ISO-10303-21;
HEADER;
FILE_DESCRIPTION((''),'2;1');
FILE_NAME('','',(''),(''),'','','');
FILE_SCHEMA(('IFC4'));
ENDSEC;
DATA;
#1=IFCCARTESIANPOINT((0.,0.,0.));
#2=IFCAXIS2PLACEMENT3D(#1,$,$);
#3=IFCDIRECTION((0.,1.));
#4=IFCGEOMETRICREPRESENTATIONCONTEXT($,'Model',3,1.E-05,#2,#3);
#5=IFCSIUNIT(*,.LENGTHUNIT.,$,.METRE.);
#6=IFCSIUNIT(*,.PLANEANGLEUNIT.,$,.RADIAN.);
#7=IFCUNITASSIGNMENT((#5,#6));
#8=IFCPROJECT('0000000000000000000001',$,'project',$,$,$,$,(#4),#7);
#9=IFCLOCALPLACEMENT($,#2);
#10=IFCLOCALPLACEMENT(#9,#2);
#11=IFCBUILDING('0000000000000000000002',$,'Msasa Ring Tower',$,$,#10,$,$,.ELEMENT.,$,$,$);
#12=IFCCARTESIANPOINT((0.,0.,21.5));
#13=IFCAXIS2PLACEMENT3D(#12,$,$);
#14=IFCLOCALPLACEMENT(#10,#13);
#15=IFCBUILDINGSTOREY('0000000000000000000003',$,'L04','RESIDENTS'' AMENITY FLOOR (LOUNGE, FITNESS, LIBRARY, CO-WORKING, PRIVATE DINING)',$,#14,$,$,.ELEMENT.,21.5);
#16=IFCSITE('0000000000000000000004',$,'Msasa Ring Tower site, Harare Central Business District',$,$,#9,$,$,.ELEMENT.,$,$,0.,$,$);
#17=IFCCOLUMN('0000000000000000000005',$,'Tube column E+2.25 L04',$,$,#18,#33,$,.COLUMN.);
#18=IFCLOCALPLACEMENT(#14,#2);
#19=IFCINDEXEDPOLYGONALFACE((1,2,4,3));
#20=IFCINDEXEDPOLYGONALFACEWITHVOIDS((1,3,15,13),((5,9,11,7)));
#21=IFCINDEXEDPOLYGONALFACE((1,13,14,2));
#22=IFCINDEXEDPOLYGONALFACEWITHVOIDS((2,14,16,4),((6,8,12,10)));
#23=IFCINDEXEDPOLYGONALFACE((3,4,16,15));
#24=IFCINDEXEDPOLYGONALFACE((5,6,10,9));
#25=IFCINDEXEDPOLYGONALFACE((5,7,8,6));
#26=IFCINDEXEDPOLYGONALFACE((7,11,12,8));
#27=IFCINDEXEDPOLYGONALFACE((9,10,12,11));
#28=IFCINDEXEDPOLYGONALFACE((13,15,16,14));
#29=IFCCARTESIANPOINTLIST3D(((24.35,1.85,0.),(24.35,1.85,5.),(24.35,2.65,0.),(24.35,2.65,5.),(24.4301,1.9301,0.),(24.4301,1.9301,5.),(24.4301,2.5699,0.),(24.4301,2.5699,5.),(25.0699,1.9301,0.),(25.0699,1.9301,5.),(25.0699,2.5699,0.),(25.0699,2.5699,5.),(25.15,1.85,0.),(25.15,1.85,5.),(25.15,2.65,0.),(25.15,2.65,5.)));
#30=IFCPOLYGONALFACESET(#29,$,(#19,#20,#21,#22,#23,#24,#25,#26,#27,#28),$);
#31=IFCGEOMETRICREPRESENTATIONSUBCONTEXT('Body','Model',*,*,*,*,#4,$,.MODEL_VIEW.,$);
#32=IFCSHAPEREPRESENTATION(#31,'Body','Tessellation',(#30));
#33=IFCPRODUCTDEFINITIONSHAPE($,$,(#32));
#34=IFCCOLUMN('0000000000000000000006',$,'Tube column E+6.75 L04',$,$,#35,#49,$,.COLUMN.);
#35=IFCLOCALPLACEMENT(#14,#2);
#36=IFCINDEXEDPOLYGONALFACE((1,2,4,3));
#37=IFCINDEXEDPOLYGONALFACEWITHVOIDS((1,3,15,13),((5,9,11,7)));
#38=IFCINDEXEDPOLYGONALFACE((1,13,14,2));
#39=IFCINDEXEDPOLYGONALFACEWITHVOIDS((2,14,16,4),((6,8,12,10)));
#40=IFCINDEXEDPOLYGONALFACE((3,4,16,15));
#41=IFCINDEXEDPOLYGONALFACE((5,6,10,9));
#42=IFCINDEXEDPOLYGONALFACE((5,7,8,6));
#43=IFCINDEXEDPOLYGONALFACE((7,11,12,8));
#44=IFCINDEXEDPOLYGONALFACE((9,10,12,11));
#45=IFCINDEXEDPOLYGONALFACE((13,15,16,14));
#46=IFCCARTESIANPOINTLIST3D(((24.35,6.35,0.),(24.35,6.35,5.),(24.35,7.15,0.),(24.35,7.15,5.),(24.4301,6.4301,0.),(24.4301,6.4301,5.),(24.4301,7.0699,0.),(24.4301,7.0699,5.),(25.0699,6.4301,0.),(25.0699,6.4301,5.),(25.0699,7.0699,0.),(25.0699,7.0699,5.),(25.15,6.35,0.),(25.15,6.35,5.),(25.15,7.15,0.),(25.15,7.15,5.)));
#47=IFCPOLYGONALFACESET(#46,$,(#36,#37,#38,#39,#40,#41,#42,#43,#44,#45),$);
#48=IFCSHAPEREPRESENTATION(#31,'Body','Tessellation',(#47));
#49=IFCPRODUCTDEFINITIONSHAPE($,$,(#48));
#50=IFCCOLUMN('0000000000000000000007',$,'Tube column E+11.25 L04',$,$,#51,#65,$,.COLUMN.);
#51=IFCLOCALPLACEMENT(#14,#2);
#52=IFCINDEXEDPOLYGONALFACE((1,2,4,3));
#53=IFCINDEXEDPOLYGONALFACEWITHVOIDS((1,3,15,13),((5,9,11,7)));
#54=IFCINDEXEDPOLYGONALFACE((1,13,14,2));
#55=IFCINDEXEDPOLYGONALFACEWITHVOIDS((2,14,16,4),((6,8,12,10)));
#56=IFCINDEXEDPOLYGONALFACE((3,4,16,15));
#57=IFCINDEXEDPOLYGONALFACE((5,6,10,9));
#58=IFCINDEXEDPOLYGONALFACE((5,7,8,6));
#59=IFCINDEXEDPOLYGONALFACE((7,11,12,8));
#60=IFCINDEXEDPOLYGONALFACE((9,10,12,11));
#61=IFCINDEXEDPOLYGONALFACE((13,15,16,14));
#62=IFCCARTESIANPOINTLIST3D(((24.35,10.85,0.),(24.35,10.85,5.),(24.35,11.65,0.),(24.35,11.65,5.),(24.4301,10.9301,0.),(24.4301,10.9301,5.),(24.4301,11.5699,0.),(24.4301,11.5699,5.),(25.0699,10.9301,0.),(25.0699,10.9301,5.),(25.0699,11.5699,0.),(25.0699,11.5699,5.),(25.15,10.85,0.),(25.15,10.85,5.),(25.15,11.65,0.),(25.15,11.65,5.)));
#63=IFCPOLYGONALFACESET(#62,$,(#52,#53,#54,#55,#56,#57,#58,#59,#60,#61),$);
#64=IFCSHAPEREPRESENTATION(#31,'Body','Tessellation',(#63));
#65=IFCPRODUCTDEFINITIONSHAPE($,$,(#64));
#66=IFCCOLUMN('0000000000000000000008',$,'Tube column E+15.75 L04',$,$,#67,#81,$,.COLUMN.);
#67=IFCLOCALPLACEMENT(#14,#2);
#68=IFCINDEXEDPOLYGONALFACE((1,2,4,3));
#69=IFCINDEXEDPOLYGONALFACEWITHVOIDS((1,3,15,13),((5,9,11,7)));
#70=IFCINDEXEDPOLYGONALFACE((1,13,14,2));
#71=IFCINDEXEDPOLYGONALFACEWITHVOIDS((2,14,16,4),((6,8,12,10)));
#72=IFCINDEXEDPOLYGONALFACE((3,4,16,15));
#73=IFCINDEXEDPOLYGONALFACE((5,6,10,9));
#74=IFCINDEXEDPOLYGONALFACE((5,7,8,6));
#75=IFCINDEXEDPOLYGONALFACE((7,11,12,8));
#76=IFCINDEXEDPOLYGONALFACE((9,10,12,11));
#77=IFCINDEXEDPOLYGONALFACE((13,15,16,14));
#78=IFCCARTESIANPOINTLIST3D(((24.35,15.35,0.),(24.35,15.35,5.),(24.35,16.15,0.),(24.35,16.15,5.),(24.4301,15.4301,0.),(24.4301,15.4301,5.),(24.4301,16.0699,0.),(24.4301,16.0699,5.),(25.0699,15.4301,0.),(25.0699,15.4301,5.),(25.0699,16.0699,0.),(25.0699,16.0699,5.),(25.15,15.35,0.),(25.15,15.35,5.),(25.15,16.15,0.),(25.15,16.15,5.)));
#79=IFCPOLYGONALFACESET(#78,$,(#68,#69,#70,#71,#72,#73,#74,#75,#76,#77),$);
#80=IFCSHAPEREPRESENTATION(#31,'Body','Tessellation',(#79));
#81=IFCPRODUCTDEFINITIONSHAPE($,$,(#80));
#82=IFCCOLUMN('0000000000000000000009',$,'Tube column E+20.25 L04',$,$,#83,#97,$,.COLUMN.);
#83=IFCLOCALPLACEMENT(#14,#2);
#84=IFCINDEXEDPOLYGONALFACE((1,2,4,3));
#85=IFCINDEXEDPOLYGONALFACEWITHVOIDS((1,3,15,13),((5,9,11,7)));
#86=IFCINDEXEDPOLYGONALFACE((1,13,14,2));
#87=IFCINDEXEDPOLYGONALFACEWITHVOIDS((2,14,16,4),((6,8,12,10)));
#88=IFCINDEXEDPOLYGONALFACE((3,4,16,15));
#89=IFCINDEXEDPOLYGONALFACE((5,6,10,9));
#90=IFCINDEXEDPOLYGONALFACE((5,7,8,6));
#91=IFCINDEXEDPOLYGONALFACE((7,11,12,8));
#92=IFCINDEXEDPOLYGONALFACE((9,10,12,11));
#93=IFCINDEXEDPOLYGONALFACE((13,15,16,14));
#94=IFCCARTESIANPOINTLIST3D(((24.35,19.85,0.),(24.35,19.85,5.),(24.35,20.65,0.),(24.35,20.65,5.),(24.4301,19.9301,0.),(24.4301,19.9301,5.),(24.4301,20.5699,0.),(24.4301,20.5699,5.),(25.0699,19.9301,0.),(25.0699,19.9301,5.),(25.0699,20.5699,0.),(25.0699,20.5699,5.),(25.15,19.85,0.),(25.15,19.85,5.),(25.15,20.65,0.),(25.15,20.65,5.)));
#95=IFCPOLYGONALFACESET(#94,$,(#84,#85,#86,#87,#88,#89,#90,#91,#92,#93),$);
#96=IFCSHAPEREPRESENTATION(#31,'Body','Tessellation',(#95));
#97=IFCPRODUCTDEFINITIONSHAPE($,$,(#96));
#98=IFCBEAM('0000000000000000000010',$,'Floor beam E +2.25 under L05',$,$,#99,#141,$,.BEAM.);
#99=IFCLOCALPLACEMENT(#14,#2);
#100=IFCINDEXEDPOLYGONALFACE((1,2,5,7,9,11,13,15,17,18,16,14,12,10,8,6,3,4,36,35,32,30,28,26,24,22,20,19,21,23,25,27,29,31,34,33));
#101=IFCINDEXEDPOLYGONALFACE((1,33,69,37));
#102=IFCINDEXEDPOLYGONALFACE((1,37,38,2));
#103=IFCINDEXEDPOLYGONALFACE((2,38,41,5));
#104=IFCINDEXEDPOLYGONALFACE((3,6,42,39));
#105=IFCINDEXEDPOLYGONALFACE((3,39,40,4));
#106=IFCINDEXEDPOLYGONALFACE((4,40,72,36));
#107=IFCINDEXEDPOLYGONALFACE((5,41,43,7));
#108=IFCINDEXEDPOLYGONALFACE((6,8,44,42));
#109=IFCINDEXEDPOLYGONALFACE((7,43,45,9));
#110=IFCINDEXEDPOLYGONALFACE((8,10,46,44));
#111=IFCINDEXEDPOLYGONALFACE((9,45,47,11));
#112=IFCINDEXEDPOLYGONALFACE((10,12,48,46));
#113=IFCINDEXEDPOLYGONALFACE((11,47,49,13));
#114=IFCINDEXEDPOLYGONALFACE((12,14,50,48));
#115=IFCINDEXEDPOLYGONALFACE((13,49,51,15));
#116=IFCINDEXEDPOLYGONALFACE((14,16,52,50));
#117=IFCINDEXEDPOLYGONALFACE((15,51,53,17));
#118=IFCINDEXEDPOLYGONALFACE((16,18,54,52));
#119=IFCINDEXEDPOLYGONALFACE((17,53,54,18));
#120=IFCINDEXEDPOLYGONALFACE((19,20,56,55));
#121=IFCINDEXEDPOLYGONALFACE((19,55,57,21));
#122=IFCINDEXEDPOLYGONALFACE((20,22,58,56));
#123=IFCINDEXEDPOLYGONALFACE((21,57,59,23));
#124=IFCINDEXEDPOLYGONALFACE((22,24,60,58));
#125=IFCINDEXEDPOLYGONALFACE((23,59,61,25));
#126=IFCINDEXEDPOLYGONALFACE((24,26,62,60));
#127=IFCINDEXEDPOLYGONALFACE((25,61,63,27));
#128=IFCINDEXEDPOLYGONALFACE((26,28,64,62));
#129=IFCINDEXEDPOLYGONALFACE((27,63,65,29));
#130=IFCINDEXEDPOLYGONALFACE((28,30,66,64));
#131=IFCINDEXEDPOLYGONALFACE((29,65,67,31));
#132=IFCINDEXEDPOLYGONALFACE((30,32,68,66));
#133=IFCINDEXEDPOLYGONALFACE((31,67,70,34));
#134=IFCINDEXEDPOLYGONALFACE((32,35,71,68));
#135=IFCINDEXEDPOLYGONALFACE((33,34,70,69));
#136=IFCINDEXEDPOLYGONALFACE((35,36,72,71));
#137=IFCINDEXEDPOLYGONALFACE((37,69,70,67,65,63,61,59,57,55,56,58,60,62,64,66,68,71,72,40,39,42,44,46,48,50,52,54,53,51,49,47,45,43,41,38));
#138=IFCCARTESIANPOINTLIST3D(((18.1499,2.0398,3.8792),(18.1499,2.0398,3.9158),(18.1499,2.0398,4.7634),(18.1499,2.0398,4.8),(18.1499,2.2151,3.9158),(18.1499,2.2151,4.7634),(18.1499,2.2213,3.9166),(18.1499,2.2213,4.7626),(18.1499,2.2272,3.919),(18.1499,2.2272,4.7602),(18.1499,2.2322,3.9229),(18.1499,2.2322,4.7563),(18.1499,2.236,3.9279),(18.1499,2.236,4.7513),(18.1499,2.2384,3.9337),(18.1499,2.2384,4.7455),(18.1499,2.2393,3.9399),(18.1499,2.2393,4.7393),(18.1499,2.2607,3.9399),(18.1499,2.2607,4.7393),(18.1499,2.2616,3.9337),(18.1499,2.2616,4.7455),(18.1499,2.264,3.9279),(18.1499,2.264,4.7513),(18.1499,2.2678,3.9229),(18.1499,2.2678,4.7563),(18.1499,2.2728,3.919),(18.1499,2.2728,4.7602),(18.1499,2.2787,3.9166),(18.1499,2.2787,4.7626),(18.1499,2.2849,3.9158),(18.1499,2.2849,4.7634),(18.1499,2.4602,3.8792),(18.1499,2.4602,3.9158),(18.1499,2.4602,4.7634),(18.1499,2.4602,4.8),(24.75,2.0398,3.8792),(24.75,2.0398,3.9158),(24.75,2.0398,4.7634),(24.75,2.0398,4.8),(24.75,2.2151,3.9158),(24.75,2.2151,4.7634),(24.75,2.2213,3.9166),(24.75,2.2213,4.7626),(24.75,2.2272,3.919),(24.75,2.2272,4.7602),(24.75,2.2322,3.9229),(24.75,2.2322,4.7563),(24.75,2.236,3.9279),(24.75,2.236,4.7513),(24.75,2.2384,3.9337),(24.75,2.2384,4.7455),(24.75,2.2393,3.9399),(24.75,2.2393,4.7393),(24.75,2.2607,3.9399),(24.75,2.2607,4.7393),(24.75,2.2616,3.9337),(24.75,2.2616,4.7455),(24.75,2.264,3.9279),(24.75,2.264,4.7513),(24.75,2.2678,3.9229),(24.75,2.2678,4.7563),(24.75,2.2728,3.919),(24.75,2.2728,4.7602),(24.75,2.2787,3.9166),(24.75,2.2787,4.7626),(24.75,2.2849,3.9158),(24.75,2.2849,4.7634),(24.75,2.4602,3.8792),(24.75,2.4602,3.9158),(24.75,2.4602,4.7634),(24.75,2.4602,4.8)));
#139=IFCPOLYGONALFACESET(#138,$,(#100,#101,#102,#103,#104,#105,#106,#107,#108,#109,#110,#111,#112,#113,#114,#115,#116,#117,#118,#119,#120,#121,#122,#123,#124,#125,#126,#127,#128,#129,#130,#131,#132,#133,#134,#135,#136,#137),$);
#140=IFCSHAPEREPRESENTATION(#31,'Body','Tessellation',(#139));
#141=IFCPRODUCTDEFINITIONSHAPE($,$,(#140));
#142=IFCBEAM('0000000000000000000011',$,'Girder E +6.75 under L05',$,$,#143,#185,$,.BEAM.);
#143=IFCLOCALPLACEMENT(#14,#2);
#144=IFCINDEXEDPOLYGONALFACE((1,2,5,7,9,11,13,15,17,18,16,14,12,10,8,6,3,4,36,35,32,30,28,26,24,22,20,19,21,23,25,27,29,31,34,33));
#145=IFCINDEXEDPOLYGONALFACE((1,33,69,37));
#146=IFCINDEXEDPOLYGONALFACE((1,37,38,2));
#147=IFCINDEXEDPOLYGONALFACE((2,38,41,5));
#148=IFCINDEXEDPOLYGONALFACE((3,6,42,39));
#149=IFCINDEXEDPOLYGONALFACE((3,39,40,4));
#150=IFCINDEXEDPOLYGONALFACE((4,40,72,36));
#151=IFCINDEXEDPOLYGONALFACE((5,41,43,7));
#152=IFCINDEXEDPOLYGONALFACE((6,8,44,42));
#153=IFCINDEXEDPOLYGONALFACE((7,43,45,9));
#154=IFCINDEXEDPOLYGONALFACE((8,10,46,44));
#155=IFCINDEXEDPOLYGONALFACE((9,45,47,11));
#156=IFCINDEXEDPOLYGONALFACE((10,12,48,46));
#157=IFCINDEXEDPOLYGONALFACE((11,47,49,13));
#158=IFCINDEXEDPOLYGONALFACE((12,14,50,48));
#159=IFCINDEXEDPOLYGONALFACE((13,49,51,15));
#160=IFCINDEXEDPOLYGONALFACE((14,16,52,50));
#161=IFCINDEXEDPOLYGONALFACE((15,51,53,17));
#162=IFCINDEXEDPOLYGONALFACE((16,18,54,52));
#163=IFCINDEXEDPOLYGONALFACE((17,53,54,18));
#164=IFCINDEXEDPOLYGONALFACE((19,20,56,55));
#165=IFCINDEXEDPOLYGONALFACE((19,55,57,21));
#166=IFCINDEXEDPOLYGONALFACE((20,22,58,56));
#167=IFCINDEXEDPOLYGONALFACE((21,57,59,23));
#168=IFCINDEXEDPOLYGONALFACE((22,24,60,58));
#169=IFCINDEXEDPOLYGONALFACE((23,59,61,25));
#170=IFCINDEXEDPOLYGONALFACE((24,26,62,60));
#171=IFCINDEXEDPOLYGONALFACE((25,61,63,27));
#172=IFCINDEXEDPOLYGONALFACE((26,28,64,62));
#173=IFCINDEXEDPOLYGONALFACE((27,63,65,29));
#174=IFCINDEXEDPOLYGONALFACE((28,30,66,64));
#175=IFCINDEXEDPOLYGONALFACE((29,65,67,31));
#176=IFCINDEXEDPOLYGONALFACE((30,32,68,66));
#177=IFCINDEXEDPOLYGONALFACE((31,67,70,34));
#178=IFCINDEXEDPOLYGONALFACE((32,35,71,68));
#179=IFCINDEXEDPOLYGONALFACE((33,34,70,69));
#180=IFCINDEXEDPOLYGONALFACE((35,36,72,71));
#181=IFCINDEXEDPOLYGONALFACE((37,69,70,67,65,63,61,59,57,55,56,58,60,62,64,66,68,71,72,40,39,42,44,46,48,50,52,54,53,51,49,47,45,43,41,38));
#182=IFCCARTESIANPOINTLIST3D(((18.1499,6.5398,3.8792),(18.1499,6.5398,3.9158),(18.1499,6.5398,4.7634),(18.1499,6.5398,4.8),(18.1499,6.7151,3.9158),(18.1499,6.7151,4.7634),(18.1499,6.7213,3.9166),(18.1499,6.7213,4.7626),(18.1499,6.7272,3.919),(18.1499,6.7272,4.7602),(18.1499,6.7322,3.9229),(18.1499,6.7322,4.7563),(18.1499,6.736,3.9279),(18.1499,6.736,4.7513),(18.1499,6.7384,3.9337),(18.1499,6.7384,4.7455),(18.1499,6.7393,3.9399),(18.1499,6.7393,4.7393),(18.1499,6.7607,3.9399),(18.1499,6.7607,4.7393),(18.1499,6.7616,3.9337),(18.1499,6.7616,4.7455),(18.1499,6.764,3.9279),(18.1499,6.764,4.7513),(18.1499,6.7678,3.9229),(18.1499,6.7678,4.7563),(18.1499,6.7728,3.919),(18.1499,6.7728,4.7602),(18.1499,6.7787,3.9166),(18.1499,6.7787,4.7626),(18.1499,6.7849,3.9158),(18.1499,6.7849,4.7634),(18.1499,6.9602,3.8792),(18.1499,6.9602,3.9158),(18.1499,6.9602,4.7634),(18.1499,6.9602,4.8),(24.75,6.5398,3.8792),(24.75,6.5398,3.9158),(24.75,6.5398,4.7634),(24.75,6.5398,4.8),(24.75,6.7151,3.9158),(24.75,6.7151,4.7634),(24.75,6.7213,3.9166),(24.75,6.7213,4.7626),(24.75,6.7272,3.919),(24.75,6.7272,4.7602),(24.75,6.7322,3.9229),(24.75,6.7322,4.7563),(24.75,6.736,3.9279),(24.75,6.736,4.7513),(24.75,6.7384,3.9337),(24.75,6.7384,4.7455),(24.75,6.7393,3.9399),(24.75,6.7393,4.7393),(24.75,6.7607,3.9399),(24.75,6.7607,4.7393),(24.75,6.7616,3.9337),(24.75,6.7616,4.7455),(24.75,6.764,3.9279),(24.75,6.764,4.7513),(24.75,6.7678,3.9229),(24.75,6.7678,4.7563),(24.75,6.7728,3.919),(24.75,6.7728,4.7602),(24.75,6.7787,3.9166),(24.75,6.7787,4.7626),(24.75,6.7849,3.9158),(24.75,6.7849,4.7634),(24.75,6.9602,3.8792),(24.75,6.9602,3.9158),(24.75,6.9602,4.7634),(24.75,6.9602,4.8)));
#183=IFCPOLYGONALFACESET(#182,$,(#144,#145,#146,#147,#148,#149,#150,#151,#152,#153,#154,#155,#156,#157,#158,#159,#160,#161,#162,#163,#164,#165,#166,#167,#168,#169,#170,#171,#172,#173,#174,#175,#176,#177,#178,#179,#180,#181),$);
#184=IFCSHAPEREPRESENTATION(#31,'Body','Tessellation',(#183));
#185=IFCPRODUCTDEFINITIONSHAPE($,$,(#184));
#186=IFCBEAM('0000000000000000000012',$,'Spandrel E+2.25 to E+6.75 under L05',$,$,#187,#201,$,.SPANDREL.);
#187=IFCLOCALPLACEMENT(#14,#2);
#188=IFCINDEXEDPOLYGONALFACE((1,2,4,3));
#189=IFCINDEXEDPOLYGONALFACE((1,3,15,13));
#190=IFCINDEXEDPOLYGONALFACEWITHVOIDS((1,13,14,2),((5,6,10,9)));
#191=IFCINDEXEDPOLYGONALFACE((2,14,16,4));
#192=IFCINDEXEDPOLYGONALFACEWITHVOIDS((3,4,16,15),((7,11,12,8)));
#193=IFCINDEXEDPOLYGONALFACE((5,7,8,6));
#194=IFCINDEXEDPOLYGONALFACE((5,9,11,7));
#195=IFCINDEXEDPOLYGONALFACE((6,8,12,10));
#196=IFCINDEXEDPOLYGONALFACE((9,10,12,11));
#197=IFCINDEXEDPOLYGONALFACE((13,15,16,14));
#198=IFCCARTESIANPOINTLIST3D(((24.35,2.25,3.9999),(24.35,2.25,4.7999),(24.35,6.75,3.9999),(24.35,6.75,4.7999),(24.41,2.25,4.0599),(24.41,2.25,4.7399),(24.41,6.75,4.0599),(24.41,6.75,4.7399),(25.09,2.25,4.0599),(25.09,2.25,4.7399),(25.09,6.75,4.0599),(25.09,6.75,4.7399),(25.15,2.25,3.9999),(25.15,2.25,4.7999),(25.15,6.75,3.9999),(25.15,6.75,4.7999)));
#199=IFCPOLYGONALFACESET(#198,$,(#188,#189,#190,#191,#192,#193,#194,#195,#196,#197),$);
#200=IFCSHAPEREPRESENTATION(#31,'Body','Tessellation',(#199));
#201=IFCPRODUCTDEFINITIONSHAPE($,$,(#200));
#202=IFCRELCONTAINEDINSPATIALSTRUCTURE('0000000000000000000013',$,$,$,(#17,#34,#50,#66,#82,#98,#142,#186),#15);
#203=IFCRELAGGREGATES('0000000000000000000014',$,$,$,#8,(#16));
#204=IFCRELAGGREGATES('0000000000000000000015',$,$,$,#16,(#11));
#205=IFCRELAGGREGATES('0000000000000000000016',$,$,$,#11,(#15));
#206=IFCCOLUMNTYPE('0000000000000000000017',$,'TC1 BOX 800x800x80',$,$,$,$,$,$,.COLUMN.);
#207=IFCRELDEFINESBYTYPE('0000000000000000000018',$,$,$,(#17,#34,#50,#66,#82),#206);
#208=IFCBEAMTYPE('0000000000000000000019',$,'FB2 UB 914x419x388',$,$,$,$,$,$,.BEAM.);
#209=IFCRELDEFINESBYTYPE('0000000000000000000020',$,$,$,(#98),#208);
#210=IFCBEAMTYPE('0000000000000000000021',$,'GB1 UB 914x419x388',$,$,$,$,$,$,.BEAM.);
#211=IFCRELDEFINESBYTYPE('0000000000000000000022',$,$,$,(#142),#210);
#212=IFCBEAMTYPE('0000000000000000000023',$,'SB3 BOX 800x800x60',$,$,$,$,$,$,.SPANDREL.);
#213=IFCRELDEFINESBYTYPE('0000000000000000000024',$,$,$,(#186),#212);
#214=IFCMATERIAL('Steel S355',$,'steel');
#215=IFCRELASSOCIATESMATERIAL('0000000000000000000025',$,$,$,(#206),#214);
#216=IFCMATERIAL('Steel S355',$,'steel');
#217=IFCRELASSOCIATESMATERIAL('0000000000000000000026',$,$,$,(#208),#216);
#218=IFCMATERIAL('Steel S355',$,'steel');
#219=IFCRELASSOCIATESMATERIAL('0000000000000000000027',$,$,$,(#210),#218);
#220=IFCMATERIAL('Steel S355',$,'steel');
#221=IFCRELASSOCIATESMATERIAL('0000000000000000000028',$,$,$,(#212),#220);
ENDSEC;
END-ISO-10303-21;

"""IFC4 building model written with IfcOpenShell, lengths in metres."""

from ifc_helpers import new_model, si_unit, direction, frame, origin, origin_2d, place, context, subcontext, project, spatial, hollow_rectangle, i_section, extrude, material, material_profile, profile_set, type_object, element, save


model = new_model("IFC4")

# Units and contexts
model_context = context("Model", 3, precision=1e-05, world=origin(), true_north=direction((0.0, 1.0)))
body_context = subcontext(model_context, "Body", "Model", "MODEL_VIEW")
ifc_project = project(units=[si_unit("LENGTHUNIT", "METRE"), si_unit("PLANEANGLEUNIT", "RADIAN")], contexts=[model_context])

# Site, building, storey
site_placement = place(None, origin())
site = spatial("IfcSite", under=ifc_project, at=site_placement, Name="Msasa Ring Tower site, Harare Central Business District", CompositionType="ELEMENT", RefElevation=0.0)
building_placement = place(site_placement, origin())
building = spatial("IfcBuilding", under=site, at=building_placement, Name="Msasa Ring Tower", CompositionType="ELEMENT")
storey_placement = place(building_placement, frame((0.0, 0.0, 21.5)))
storey = spatial("IfcBuildingStorey", under=building, at=storey_placement, Name="L04", Description="RESIDENTS' AMENITY FLOOR (LOUNGE, FITNESS, LIBRARY, CO-WORKING, PRIVATE DINING)", CompositionType="ELEMENT", Elevation=21.5)

# Columns
ifc_material_1 = material(Name="Steel S355", Category="steel")
ifc_material_profile_1 = material_profile(ifc_material_1, hollow_rectangle(XDim=0.8, YDim=0.8, WallThickness=0.0801, at=origin_2d()), Name="BOX 800x800x80")
ifc_profile_set_1 = profile_set([ifc_material_profile_1], Name="Steel S355")
column_type = type_object("IfcColumnType", Name="TC1 BOX 800x800x80", PredefinedType="COLUMN", material=ifc_profile_set_1)
for number, where, z_axis, x_axis, name in (
    (1, (24.75, 2.25, 0.0), (0.0, 0.0, 1.0), (1.0, 0.0, 0.0), "Tube column E+2.25 L04"),
    (2, (24.75, 6.75, 0.0), (0.0, 0.0, 1.0), (1.0, 0.0, 0.0), "Tube column E+6.75 L04"),
    (3, (24.75, 11.25, 0.0), (0.0, 0.0, 1.0), (1.0, 0.0, 0.0), "Tube column E+11.25 L04"),
    (4, (24.75, 15.75, 0.0), (0.0, 0.0, 1.0), (1.0, 0.0, 0.0), "Tube column E+15.75 L04"),
    (5, (24.75, 20.25, 0.0), (0.0, 0.0, 1.0), (1.0, 0.0, 0.0), "Tube column E+20.25 L04"),
):
    element("IfcColumn", number, at=place(storey_placement, frame(where, z_axis=z_axis, x_axis=x_axis)), inside=storey, type_object=column_type, Name=name, PredefinedType="COLUMN", context=body_context, shape_type="SweptSolid", body=[
        extrude(hollow_rectangle(XDim=0.8, YDim=0.8, WallThickness=0.0801, at=origin_2d()), origin(), (0.0, 0.0, 1.0), 5.0),
    ])

# Beams
ifc_material_2 = material(Name="Steel S355", Category="steel")
ifc_material_profile_2 = material_profile(ifc_material_2, i_section(OverallWidth=0.4204, OverallDepth=0.9209, WebThickness=0.0215, FlangeThickness=0.0366, FilletRadius=0.0242, at=origin_2d()), Name="UB 914x419x388")
ifc_profile_set_2 = profile_set([ifc_material_profile_2], Name="Steel S355")
beam_type_1 = type_object("IfcBeamType", Name="FB2 UB 914x419x388", PredefinedType="BEAM", material=ifc_profile_set_2)
beam_1_placement = place(storey_placement, frame((24.75, 2.25, 4.3396), z_axis=(-1.0, 0.0, 0.0), x_axis=(0.0, -1.0, 0.0)))
element("IfcBeam", 6, at=beam_1_placement, inside=storey, type_object=beam_type_1, Name="Floor beam E +2.25 under L05", PredefinedType="BEAM", context=body_context, shape_type="SweptSolid", body=[
    extrude(i_section(OverallWidth=0.4204, OverallDepth=0.9209, WebThickness=0.0215, FlangeThickness=0.0366, FilletRadius=0.0242, at=origin_2d()), origin(), (0.0, 0.0, 1.0), 6.6001),
])
ifc_material_3 = material(Name="Steel S355", Category="steel")
ifc_material_profile_3 = material_profile(ifc_material_3, i_section(OverallWidth=0.4204, OverallDepth=0.9209, WebThickness=0.0215, FlangeThickness=0.0366, FilletRadius=0.0242, at=origin_2d()), Name="UB 914x419x388")
ifc_profile_set_3 = profile_set([ifc_material_profile_3], Name="Steel S355")
beam_type_2 = type_object("IfcBeamType", Name="GB1 UB 914x419x388", PredefinedType="BEAM", material=ifc_profile_set_3)
beam_2_placement = place(storey_placement, frame((18.1499, 6.75, 4.3396), z_axis=(1.0, 0.0, 0.0), x_axis=(0.0, 1.0, 0.0)))
element("IfcBeam", 7, at=beam_2_placement, inside=storey, type_object=beam_type_2, Name="Girder E +6.75 under L05", PredefinedType="BEAM", context=body_context, shape_type="SweptSolid", body=[
    extrude(i_section(OverallWidth=0.4204, OverallDepth=0.9209, WebThickness=0.0215, FlangeThickness=0.0366, FilletRadius=0.0242, at=origin_2d()), origin(), (0.0, 0.0, 1.0), 6.6001),
])
ifc_material_4 = material(Name="Steel S355", Category="steel")
ifc_material_profile_4 = material_profile(ifc_material_4, hollow_rectangle(XDim=0.8, YDim=0.8, WallThickness=0.0601, at=origin_2d()), Name="BOX 800x800x60")
ifc_profile_set_4 = profile_set([ifc_material_profile_4], Name="Steel S355")
beam_type_3 = type_object("IfcBeamType", Name="SB3 BOX 800x800x60", PredefinedType="SPANDREL", material=ifc_profile_set_4)
for number, where, z_axis, x_axis, name in (
    (8, (24.75, 2.25, 4.3999), (0.0, 1.0, 0.0), (-1.0, 0.0, 0.0), "Spandrel E+2.25 to E+6.75 under L05"),
):
    element("IfcBeam", number, at=place(storey_placement, frame(where, z_axis=z_axis, x_axis=x_axis)), inside=storey, type_object=beam_type_3, Name=name, PredefinedType="SPANDREL", context=body_context, shape_type="SweptSolid", body=[
        extrude(hollow_rectangle(XDim=0.8, YDim=0.8, WallThickness=0.0601, at=origin_2d()), origin(), (0.0, 0.0, 1.0), 4.5),
    ])

save(model, "model.ifc")
